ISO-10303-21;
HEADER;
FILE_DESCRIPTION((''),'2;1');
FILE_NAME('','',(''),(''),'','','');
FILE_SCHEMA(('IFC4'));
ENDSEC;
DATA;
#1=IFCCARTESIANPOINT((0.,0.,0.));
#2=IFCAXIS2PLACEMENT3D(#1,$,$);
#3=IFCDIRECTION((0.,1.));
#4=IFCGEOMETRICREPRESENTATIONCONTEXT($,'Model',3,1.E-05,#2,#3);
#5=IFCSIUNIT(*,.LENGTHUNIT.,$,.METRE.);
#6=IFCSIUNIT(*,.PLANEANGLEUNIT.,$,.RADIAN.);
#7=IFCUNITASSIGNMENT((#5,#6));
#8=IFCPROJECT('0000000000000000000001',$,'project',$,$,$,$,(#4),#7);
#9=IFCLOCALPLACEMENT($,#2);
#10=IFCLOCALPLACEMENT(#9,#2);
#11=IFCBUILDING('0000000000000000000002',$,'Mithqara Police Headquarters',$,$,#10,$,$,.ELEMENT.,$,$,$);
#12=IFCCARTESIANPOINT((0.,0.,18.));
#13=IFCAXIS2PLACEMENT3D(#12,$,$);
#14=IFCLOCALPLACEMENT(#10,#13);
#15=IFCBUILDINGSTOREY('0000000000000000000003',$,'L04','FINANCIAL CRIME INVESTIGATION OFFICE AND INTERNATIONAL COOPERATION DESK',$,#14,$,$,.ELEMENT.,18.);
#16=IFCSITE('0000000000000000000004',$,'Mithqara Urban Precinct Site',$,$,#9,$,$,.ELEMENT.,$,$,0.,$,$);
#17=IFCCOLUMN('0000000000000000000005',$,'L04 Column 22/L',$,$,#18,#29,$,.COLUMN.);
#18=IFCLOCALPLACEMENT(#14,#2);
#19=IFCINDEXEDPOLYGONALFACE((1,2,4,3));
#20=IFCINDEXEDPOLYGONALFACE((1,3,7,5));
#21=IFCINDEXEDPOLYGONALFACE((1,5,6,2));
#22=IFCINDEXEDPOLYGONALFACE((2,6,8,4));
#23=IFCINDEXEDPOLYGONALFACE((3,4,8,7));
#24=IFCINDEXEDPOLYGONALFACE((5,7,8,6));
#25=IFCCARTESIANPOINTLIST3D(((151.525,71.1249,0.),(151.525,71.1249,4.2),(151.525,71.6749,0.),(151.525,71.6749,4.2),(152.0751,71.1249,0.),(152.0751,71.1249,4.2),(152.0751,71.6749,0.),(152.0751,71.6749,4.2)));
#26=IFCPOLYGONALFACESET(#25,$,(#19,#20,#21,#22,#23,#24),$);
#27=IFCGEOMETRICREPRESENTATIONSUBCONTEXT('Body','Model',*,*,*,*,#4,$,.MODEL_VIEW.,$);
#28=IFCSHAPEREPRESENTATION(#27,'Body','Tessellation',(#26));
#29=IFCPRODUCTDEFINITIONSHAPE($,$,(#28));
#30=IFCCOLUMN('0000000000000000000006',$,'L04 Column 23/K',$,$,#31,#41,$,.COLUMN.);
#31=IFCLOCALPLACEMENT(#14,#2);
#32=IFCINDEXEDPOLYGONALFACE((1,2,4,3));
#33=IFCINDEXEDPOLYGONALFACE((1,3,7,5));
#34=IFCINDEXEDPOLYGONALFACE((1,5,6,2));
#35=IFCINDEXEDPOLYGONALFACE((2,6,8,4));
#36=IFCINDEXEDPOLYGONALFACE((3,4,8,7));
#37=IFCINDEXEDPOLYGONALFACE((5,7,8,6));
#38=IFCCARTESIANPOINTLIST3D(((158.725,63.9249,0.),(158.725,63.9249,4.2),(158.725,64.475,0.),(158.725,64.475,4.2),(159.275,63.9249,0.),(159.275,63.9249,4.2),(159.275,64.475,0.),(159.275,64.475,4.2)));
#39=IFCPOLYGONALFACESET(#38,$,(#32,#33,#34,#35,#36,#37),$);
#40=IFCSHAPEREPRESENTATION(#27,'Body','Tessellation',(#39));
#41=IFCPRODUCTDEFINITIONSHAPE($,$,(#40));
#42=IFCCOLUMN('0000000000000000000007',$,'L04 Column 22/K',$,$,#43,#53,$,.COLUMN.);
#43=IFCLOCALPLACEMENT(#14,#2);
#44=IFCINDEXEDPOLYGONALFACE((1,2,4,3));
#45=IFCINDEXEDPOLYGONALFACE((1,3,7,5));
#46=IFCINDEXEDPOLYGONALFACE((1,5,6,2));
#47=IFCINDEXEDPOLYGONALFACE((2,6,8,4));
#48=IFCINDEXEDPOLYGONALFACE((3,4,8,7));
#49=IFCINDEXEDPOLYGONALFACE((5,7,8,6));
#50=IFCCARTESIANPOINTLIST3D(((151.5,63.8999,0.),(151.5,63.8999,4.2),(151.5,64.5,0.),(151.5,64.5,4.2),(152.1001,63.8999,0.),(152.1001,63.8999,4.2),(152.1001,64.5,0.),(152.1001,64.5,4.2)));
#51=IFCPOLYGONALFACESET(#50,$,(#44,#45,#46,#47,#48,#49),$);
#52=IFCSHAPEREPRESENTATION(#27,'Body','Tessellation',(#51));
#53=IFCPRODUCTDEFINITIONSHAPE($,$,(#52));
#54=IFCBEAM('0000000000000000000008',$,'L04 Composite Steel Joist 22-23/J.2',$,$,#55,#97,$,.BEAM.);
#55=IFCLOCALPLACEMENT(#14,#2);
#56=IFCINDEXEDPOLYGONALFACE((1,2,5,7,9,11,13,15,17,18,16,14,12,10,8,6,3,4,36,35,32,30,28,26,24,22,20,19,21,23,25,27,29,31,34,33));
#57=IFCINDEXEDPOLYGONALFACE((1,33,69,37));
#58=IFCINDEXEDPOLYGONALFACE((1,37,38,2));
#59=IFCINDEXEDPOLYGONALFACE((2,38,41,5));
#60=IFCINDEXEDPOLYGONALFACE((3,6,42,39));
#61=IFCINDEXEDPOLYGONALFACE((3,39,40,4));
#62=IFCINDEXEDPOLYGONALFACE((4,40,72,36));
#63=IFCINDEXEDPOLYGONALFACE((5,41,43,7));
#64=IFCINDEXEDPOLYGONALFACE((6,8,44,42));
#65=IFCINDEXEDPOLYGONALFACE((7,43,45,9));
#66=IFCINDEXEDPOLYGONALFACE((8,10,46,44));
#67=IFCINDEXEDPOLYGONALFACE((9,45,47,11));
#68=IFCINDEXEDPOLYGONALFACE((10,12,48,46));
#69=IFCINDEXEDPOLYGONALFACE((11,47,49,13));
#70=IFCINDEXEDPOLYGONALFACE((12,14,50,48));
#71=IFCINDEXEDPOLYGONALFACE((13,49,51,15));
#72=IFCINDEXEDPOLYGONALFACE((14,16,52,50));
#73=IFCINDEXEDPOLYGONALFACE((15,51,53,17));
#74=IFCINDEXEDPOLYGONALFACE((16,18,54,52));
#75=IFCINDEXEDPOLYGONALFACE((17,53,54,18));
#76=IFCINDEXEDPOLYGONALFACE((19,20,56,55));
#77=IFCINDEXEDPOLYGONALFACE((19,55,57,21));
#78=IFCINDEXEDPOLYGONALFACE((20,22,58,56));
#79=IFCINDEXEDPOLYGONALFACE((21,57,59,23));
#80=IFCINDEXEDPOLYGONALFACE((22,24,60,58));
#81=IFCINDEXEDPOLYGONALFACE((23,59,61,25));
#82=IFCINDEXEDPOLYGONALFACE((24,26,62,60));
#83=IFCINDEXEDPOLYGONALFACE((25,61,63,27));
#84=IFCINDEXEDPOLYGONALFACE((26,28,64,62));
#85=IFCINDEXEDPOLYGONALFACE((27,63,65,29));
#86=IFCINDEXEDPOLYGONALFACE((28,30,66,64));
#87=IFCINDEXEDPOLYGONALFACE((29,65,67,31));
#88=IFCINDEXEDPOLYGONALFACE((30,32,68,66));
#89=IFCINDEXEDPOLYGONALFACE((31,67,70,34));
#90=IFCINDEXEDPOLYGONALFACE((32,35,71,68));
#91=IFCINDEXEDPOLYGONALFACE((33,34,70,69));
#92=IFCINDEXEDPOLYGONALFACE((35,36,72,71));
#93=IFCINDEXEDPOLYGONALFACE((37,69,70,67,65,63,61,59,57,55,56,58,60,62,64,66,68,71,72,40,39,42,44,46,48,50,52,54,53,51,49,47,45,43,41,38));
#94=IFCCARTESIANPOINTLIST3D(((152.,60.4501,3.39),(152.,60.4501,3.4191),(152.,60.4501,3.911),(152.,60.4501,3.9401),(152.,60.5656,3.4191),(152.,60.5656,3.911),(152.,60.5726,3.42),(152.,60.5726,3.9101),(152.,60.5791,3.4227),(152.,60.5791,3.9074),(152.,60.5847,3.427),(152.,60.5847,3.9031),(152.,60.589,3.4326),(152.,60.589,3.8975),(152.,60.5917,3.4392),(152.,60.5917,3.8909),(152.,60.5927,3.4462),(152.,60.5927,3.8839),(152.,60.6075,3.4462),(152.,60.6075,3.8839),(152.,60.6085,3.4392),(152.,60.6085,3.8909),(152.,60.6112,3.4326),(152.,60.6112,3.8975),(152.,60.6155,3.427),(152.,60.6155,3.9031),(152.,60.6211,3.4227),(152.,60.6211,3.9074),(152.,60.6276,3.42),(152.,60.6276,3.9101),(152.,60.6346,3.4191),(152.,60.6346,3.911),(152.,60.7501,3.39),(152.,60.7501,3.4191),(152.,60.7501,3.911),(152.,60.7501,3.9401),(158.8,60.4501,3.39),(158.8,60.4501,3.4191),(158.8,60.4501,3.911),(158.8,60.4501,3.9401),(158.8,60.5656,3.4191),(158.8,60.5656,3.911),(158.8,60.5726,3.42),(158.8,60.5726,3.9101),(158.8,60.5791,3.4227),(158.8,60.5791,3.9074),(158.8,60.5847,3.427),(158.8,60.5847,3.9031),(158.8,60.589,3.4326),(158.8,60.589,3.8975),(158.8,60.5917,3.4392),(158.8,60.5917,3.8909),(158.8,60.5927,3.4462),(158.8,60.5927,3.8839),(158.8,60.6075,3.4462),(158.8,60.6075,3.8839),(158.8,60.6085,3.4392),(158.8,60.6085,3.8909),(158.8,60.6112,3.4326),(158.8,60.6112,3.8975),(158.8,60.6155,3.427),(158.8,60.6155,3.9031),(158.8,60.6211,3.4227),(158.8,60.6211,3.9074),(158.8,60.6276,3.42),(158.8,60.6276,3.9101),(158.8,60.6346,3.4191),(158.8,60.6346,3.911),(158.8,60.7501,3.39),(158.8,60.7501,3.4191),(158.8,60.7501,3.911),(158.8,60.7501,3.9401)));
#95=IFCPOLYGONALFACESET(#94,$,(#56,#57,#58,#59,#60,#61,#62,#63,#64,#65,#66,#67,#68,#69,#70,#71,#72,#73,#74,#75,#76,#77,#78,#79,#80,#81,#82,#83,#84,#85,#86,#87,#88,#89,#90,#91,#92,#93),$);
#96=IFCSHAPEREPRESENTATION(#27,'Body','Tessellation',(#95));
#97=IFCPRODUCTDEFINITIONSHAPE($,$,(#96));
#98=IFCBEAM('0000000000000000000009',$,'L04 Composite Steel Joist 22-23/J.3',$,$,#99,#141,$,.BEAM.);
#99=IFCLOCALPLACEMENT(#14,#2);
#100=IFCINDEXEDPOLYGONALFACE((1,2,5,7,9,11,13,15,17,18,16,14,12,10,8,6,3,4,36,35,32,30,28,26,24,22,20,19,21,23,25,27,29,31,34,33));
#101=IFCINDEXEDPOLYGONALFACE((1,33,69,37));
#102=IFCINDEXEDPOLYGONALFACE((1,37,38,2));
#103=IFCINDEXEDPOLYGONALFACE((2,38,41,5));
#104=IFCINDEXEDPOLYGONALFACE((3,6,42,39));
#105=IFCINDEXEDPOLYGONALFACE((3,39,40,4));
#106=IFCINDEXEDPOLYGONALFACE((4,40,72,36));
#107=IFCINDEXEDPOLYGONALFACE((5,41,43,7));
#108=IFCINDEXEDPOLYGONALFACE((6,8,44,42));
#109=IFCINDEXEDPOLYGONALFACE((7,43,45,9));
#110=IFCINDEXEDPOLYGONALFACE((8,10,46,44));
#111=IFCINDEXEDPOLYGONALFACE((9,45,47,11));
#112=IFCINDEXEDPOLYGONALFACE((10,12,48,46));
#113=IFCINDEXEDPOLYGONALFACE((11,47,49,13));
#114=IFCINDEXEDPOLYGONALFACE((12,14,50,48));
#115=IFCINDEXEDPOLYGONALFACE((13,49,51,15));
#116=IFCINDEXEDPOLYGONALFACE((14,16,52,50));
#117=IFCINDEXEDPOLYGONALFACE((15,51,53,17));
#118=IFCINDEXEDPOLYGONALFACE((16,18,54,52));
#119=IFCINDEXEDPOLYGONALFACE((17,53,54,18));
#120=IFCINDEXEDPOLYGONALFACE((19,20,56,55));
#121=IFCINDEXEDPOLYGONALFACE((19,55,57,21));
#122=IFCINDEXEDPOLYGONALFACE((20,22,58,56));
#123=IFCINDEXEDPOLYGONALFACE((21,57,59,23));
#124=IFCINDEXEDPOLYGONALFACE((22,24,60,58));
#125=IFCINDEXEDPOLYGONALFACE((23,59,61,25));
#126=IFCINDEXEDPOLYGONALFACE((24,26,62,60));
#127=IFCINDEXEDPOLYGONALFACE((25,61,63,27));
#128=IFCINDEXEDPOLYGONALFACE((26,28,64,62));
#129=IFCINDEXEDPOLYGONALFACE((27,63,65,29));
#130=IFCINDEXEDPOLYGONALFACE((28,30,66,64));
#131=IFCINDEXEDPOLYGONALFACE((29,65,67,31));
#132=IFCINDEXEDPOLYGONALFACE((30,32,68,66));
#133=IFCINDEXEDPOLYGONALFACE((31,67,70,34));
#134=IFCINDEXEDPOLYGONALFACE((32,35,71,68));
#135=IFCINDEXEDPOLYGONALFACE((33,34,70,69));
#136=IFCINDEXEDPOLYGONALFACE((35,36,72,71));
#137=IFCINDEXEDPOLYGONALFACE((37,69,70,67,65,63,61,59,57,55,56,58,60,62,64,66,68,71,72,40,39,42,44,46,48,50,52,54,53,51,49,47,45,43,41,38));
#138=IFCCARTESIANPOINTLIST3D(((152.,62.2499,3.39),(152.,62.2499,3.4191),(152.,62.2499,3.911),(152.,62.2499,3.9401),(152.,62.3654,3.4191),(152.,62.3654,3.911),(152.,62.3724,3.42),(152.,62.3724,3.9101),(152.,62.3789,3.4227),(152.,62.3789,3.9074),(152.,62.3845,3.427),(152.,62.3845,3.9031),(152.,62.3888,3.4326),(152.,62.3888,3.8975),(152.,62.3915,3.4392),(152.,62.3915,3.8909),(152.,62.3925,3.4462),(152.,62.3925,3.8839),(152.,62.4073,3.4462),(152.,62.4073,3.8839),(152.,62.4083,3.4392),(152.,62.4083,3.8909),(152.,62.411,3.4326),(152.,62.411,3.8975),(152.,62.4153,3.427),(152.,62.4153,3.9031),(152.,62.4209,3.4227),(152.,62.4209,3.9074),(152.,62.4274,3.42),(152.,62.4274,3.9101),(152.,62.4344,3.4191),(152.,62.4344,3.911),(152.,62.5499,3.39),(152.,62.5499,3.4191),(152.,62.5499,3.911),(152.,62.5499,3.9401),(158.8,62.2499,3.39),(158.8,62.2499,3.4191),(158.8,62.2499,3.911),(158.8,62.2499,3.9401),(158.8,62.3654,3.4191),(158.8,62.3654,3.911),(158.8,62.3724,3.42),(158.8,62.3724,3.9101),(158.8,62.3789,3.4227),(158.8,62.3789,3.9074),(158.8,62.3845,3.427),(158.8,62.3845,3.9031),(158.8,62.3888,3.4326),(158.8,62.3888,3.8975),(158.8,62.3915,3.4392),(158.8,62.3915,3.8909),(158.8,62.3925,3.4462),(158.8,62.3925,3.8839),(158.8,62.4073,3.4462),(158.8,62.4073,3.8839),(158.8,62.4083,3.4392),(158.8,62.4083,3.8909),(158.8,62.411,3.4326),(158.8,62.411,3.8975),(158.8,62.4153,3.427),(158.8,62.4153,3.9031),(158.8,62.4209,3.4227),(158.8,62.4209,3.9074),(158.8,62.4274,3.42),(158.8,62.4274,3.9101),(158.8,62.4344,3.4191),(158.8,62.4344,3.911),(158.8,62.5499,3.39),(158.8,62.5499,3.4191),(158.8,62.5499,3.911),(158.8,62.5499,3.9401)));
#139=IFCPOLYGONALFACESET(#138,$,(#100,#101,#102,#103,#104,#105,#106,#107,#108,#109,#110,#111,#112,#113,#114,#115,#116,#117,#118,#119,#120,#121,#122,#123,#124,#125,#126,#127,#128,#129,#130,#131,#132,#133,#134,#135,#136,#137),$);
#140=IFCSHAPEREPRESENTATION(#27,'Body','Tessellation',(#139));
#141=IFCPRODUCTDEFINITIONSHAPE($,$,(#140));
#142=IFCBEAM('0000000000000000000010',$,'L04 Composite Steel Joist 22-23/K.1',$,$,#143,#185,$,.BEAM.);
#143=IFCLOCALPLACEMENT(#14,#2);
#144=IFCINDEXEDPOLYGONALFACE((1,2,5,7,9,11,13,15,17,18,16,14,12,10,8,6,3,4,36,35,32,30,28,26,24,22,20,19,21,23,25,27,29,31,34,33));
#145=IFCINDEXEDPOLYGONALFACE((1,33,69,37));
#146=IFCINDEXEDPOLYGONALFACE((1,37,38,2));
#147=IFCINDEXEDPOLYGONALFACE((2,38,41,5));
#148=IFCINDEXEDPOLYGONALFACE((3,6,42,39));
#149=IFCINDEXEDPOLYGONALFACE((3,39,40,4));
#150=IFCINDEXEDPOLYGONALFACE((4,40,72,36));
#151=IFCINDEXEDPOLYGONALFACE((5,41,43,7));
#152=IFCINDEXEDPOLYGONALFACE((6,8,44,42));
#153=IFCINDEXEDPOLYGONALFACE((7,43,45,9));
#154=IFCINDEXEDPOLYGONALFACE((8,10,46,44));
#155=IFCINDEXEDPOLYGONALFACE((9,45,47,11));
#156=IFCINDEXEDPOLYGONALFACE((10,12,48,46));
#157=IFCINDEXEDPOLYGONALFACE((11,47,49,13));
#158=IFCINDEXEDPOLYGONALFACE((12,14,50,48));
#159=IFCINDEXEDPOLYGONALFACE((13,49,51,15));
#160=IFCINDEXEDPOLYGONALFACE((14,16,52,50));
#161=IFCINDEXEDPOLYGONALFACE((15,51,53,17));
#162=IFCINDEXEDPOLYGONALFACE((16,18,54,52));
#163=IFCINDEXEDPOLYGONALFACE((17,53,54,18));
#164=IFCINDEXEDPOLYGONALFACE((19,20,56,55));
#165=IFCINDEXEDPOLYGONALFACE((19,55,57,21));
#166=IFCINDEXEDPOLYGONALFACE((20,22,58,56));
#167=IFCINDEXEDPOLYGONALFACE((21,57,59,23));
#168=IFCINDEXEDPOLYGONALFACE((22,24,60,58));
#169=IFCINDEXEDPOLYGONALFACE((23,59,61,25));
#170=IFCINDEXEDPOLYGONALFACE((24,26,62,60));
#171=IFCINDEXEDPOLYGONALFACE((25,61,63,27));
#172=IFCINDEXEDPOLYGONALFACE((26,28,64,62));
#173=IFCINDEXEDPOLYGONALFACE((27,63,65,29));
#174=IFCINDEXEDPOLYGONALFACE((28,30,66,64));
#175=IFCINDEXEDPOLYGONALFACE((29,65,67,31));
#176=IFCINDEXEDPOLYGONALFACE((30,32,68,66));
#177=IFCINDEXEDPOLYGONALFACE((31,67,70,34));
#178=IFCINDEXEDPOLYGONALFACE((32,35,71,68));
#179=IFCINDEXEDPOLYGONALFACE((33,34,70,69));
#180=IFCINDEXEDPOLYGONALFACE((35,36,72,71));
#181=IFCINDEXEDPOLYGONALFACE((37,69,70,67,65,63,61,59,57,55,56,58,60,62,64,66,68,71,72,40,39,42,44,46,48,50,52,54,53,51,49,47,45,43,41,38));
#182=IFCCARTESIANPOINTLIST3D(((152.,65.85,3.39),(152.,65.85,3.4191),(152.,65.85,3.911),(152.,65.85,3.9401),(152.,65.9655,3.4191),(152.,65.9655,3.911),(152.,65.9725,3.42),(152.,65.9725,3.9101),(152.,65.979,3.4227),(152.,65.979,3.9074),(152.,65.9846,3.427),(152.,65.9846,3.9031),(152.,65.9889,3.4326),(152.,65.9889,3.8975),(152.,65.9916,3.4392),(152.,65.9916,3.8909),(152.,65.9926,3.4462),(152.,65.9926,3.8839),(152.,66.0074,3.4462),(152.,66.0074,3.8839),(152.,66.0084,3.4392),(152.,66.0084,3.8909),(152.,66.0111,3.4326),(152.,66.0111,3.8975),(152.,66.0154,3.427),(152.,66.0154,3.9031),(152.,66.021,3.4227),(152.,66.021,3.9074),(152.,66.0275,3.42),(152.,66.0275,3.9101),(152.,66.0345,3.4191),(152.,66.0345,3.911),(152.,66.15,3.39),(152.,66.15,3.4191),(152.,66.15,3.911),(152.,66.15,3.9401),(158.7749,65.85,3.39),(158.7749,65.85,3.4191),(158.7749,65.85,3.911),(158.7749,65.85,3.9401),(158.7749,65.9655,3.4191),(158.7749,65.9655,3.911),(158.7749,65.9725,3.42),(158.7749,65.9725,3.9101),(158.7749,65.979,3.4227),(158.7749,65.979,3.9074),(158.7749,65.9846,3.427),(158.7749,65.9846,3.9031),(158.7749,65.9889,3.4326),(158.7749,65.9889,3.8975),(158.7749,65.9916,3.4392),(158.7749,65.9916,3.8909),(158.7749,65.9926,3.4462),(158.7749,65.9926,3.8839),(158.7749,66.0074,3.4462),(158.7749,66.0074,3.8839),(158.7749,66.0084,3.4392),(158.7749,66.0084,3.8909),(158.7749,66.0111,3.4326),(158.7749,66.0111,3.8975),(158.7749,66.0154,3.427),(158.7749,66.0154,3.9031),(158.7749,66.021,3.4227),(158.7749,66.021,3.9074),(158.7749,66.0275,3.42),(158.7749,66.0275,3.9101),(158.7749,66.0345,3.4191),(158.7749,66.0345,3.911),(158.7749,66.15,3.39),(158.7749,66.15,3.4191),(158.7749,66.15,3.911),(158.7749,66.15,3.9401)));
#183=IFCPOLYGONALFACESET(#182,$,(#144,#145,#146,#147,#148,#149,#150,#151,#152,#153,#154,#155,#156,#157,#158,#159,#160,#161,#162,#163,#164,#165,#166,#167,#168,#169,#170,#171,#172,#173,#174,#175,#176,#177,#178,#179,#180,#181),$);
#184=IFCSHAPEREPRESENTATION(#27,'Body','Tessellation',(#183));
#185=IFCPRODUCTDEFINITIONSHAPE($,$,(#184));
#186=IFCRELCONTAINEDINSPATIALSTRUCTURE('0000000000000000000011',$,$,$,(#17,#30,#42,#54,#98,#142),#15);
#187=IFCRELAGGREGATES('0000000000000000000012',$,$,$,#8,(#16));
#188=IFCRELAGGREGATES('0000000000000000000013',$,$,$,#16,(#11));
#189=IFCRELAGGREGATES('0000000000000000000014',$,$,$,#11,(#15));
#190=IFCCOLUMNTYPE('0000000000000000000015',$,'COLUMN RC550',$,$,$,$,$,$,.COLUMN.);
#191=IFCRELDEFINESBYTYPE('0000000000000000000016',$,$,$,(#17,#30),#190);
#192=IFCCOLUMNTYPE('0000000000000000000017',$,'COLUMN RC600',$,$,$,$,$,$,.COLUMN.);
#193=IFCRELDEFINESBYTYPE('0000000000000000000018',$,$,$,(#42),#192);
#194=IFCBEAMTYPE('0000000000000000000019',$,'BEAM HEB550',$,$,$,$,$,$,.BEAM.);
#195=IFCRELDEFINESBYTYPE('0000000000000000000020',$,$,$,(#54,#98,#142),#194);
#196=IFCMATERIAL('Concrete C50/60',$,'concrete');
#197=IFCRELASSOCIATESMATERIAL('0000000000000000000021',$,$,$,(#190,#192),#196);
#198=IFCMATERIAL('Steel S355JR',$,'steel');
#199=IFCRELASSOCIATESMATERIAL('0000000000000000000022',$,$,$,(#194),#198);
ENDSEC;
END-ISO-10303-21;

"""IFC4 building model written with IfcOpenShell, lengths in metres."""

from ifc_helpers import new_model, si_unit, direction, frame, origin, origin_2d, place, context, subcontext, project, spatial, rectangle, i_section, extrude, material, material_profile, profile_set, type_object, element, save


model = new_model("IFC4")

# Units and contexts
model_context = context("Model", 3, precision=1e-05, world=origin(), true_north=direction((0.0, 1.0)))
body_context = subcontext(model_context, "Body", "Model", "MODEL_VIEW")
ifc_project = project(units=[si_unit("LENGTHUNIT", "METRE"), si_unit("PLANEANGLEUNIT", "RADIAN")], contexts=[model_context])

# Site, building, storey
site_placement = place(None, origin())
site = spatial("IfcSite", under=ifc_project, at=site_placement, Name="Mithqara Urban Precinct Site", CompositionType="ELEMENT", RefElevation=0.0)
building_placement = place(site_placement, origin())
building = spatial("IfcBuilding", under=site, at=building_placement, Name="Mithqara Police Headquarters", CompositionType="ELEMENT")
storey_placement = place(building_placement, frame((0.0, 0.0, 18.0)))
storey = spatial("IfcBuildingStorey", under=building, at=storey_placement, Name="L04", Description="FINANCIAL CRIME INVESTIGATION OFFICE AND INTERNATIONAL COOPERATION DESK", CompositionType="ELEMENT", Elevation=18.0)

# Columns
ifc_material_1 = material(Name="Concrete C50/60", Category="concrete")
ifc_material_profile_1 = material_profile(ifc_material_1, rectangle(XDim=0.55, YDim=0.55, at=origin_2d()), Name="RC 550x550")
ifc_profile_set_1 = profile_set([ifc_material_profile_1], Name="Concrete C50/60")
column_type_1 = type_object("IfcColumnType", Name="COLUMN RC550", PredefinedType="COLUMN", material=ifc_profile_set_1)
for number, where, z_axis, x_axis, name in (
    (1, (151.8, 71.3999, 0.0), (0.0, 0.0, 1.0), (1.0, 0.0, 0.0), "L04 Column 22/L"),
    (2, (159.0, 64.2, 0.0), (0.0, 0.0, 1.0), (1.0, 0.0, 0.0), "L04 Column 23/K"),
):
    element("IfcColumn", number, at=place(storey_placement, frame(where, z_axis=z_axis, x_axis=x_axis)), inside=storey, type_object=column_type_1, Name=name, PredefinedType="COLUMN", context=body_context, shape_type="SweptSolid", body=[
        extrude(rectangle(XDim=0.55, YDim=0.55, at=origin_2d()), origin(), (0.0, 0.0, 1.0), 4.2),
    ])
ifc_material_profile_2 = material_profile(ifc_material_1, rectangle(XDim=0.6001, YDim=0.6001, at=origin_2d()), Name="RC 600x600")
ifc_profile_set_2 = profile_set([ifc_material_profile_2], Name="Concrete C50/60")
column_type_2 = type_object("IfcColumnType", Name="COLUMN RC600", PredefinedType="COLUMN", material=ifc_profile_set_2)
column_placement = place(storey_placement, frame((151.8, 64.2, 0.0), z_axis=(0.0, 0.0, 1.0), x_axis=(1.0, 0.0, 0.0)))
element("IfcColumn", 3, at=column_placement, inside=storey, type_object=column_type_2, Name="L04 Column 22/K", PredefinedType="COLUMN", context=body_context, shape_type="SweptSolid", body=[
    extrude(rectangle(XDim=0.6001, YDim=0.6001, at=origin_2d()), origin(), (0.0, 0.0, 1.0), 4.2),
])

# Beams
ifc_material_2 = material(Name="Steel S355JR", Category="steel")
ifc_material_profile_3 = material_profile(ifc_material_2, i_section(OverallWidth=0.3, OverallDepth=0.55, WebThickness=0.0149, FlangeThickness=0.0291, FilletRadius=0.0271, at=origin_2d()), Name="HEB 550")
ifc_profile_set_3 = profile_set([ifc_material_profile_3], Name="Steel S355JR")
beam_type_1 = type_object("IfcBeamType", Name="BEAM HEB550", PredefinedType="BEAM", material=ifc_profile_set_3)
for number, where, z_axis, x_axis, name in (
    (4, (152.0, 60.6001, 3.665), (1.0, 0.0, 0.0), (0.0, 1.0, 0.0), "L04 Composite Steel Joist 22-23/J.2"),
    (5, (152.0, 62.3999, 3.665), (1.0, 0.0, 0.0), (0.0, 1.0, 0.0), "L04 Composite Steel Joist 22-23/J.3"),
):
    element("IfcBeam", number, at=place(storey_placement, frame(where, z_axis=z_axis, x_axis=x_axis)), inside=storey, type_object=beam_type_1, Name=name, PredefinedType="BEAM", context=body_context, shape_type="SweptSolid", body=[
        extrude(i_section(OverallWidth=0.3, OverallDepth=0.55, WebThickness=0.0149, FlangeThickness=0.0291, FilletRadius=0.0271, at=origin_2d()), origin(), (0.0, 0.0, 1.0), 6.8),
    ])
for number, where, z_axis, x_axis, name in (
    (6, (152.0, 66.0, 3.665), (1.0, 0.0, 0.0), (0.0, 1.0, 0.0), "L04 Composite Steel Joist 22-23/K.1"),
):
    element("IfcBeam", number, at=place(storey_placement, frame(where, z_axis=z_axis, x_axis=x_axis)), inside=storey, type_object=beam_type_1, Name=name, PredefinedType="BEAM", context=body_context, shape_type="SweptSolid", body=[
        extrude(i_section(OverallWidth=0.3, OverallDepth=0.55, WebThickness=0.0149, FlangeThickness=0.0291, FilletRadius=0.0271, at=origin_2d()), origin(), (0.0, 0.0, 1.0), 6.7749),
    ])

save(model, "model.ifc")
